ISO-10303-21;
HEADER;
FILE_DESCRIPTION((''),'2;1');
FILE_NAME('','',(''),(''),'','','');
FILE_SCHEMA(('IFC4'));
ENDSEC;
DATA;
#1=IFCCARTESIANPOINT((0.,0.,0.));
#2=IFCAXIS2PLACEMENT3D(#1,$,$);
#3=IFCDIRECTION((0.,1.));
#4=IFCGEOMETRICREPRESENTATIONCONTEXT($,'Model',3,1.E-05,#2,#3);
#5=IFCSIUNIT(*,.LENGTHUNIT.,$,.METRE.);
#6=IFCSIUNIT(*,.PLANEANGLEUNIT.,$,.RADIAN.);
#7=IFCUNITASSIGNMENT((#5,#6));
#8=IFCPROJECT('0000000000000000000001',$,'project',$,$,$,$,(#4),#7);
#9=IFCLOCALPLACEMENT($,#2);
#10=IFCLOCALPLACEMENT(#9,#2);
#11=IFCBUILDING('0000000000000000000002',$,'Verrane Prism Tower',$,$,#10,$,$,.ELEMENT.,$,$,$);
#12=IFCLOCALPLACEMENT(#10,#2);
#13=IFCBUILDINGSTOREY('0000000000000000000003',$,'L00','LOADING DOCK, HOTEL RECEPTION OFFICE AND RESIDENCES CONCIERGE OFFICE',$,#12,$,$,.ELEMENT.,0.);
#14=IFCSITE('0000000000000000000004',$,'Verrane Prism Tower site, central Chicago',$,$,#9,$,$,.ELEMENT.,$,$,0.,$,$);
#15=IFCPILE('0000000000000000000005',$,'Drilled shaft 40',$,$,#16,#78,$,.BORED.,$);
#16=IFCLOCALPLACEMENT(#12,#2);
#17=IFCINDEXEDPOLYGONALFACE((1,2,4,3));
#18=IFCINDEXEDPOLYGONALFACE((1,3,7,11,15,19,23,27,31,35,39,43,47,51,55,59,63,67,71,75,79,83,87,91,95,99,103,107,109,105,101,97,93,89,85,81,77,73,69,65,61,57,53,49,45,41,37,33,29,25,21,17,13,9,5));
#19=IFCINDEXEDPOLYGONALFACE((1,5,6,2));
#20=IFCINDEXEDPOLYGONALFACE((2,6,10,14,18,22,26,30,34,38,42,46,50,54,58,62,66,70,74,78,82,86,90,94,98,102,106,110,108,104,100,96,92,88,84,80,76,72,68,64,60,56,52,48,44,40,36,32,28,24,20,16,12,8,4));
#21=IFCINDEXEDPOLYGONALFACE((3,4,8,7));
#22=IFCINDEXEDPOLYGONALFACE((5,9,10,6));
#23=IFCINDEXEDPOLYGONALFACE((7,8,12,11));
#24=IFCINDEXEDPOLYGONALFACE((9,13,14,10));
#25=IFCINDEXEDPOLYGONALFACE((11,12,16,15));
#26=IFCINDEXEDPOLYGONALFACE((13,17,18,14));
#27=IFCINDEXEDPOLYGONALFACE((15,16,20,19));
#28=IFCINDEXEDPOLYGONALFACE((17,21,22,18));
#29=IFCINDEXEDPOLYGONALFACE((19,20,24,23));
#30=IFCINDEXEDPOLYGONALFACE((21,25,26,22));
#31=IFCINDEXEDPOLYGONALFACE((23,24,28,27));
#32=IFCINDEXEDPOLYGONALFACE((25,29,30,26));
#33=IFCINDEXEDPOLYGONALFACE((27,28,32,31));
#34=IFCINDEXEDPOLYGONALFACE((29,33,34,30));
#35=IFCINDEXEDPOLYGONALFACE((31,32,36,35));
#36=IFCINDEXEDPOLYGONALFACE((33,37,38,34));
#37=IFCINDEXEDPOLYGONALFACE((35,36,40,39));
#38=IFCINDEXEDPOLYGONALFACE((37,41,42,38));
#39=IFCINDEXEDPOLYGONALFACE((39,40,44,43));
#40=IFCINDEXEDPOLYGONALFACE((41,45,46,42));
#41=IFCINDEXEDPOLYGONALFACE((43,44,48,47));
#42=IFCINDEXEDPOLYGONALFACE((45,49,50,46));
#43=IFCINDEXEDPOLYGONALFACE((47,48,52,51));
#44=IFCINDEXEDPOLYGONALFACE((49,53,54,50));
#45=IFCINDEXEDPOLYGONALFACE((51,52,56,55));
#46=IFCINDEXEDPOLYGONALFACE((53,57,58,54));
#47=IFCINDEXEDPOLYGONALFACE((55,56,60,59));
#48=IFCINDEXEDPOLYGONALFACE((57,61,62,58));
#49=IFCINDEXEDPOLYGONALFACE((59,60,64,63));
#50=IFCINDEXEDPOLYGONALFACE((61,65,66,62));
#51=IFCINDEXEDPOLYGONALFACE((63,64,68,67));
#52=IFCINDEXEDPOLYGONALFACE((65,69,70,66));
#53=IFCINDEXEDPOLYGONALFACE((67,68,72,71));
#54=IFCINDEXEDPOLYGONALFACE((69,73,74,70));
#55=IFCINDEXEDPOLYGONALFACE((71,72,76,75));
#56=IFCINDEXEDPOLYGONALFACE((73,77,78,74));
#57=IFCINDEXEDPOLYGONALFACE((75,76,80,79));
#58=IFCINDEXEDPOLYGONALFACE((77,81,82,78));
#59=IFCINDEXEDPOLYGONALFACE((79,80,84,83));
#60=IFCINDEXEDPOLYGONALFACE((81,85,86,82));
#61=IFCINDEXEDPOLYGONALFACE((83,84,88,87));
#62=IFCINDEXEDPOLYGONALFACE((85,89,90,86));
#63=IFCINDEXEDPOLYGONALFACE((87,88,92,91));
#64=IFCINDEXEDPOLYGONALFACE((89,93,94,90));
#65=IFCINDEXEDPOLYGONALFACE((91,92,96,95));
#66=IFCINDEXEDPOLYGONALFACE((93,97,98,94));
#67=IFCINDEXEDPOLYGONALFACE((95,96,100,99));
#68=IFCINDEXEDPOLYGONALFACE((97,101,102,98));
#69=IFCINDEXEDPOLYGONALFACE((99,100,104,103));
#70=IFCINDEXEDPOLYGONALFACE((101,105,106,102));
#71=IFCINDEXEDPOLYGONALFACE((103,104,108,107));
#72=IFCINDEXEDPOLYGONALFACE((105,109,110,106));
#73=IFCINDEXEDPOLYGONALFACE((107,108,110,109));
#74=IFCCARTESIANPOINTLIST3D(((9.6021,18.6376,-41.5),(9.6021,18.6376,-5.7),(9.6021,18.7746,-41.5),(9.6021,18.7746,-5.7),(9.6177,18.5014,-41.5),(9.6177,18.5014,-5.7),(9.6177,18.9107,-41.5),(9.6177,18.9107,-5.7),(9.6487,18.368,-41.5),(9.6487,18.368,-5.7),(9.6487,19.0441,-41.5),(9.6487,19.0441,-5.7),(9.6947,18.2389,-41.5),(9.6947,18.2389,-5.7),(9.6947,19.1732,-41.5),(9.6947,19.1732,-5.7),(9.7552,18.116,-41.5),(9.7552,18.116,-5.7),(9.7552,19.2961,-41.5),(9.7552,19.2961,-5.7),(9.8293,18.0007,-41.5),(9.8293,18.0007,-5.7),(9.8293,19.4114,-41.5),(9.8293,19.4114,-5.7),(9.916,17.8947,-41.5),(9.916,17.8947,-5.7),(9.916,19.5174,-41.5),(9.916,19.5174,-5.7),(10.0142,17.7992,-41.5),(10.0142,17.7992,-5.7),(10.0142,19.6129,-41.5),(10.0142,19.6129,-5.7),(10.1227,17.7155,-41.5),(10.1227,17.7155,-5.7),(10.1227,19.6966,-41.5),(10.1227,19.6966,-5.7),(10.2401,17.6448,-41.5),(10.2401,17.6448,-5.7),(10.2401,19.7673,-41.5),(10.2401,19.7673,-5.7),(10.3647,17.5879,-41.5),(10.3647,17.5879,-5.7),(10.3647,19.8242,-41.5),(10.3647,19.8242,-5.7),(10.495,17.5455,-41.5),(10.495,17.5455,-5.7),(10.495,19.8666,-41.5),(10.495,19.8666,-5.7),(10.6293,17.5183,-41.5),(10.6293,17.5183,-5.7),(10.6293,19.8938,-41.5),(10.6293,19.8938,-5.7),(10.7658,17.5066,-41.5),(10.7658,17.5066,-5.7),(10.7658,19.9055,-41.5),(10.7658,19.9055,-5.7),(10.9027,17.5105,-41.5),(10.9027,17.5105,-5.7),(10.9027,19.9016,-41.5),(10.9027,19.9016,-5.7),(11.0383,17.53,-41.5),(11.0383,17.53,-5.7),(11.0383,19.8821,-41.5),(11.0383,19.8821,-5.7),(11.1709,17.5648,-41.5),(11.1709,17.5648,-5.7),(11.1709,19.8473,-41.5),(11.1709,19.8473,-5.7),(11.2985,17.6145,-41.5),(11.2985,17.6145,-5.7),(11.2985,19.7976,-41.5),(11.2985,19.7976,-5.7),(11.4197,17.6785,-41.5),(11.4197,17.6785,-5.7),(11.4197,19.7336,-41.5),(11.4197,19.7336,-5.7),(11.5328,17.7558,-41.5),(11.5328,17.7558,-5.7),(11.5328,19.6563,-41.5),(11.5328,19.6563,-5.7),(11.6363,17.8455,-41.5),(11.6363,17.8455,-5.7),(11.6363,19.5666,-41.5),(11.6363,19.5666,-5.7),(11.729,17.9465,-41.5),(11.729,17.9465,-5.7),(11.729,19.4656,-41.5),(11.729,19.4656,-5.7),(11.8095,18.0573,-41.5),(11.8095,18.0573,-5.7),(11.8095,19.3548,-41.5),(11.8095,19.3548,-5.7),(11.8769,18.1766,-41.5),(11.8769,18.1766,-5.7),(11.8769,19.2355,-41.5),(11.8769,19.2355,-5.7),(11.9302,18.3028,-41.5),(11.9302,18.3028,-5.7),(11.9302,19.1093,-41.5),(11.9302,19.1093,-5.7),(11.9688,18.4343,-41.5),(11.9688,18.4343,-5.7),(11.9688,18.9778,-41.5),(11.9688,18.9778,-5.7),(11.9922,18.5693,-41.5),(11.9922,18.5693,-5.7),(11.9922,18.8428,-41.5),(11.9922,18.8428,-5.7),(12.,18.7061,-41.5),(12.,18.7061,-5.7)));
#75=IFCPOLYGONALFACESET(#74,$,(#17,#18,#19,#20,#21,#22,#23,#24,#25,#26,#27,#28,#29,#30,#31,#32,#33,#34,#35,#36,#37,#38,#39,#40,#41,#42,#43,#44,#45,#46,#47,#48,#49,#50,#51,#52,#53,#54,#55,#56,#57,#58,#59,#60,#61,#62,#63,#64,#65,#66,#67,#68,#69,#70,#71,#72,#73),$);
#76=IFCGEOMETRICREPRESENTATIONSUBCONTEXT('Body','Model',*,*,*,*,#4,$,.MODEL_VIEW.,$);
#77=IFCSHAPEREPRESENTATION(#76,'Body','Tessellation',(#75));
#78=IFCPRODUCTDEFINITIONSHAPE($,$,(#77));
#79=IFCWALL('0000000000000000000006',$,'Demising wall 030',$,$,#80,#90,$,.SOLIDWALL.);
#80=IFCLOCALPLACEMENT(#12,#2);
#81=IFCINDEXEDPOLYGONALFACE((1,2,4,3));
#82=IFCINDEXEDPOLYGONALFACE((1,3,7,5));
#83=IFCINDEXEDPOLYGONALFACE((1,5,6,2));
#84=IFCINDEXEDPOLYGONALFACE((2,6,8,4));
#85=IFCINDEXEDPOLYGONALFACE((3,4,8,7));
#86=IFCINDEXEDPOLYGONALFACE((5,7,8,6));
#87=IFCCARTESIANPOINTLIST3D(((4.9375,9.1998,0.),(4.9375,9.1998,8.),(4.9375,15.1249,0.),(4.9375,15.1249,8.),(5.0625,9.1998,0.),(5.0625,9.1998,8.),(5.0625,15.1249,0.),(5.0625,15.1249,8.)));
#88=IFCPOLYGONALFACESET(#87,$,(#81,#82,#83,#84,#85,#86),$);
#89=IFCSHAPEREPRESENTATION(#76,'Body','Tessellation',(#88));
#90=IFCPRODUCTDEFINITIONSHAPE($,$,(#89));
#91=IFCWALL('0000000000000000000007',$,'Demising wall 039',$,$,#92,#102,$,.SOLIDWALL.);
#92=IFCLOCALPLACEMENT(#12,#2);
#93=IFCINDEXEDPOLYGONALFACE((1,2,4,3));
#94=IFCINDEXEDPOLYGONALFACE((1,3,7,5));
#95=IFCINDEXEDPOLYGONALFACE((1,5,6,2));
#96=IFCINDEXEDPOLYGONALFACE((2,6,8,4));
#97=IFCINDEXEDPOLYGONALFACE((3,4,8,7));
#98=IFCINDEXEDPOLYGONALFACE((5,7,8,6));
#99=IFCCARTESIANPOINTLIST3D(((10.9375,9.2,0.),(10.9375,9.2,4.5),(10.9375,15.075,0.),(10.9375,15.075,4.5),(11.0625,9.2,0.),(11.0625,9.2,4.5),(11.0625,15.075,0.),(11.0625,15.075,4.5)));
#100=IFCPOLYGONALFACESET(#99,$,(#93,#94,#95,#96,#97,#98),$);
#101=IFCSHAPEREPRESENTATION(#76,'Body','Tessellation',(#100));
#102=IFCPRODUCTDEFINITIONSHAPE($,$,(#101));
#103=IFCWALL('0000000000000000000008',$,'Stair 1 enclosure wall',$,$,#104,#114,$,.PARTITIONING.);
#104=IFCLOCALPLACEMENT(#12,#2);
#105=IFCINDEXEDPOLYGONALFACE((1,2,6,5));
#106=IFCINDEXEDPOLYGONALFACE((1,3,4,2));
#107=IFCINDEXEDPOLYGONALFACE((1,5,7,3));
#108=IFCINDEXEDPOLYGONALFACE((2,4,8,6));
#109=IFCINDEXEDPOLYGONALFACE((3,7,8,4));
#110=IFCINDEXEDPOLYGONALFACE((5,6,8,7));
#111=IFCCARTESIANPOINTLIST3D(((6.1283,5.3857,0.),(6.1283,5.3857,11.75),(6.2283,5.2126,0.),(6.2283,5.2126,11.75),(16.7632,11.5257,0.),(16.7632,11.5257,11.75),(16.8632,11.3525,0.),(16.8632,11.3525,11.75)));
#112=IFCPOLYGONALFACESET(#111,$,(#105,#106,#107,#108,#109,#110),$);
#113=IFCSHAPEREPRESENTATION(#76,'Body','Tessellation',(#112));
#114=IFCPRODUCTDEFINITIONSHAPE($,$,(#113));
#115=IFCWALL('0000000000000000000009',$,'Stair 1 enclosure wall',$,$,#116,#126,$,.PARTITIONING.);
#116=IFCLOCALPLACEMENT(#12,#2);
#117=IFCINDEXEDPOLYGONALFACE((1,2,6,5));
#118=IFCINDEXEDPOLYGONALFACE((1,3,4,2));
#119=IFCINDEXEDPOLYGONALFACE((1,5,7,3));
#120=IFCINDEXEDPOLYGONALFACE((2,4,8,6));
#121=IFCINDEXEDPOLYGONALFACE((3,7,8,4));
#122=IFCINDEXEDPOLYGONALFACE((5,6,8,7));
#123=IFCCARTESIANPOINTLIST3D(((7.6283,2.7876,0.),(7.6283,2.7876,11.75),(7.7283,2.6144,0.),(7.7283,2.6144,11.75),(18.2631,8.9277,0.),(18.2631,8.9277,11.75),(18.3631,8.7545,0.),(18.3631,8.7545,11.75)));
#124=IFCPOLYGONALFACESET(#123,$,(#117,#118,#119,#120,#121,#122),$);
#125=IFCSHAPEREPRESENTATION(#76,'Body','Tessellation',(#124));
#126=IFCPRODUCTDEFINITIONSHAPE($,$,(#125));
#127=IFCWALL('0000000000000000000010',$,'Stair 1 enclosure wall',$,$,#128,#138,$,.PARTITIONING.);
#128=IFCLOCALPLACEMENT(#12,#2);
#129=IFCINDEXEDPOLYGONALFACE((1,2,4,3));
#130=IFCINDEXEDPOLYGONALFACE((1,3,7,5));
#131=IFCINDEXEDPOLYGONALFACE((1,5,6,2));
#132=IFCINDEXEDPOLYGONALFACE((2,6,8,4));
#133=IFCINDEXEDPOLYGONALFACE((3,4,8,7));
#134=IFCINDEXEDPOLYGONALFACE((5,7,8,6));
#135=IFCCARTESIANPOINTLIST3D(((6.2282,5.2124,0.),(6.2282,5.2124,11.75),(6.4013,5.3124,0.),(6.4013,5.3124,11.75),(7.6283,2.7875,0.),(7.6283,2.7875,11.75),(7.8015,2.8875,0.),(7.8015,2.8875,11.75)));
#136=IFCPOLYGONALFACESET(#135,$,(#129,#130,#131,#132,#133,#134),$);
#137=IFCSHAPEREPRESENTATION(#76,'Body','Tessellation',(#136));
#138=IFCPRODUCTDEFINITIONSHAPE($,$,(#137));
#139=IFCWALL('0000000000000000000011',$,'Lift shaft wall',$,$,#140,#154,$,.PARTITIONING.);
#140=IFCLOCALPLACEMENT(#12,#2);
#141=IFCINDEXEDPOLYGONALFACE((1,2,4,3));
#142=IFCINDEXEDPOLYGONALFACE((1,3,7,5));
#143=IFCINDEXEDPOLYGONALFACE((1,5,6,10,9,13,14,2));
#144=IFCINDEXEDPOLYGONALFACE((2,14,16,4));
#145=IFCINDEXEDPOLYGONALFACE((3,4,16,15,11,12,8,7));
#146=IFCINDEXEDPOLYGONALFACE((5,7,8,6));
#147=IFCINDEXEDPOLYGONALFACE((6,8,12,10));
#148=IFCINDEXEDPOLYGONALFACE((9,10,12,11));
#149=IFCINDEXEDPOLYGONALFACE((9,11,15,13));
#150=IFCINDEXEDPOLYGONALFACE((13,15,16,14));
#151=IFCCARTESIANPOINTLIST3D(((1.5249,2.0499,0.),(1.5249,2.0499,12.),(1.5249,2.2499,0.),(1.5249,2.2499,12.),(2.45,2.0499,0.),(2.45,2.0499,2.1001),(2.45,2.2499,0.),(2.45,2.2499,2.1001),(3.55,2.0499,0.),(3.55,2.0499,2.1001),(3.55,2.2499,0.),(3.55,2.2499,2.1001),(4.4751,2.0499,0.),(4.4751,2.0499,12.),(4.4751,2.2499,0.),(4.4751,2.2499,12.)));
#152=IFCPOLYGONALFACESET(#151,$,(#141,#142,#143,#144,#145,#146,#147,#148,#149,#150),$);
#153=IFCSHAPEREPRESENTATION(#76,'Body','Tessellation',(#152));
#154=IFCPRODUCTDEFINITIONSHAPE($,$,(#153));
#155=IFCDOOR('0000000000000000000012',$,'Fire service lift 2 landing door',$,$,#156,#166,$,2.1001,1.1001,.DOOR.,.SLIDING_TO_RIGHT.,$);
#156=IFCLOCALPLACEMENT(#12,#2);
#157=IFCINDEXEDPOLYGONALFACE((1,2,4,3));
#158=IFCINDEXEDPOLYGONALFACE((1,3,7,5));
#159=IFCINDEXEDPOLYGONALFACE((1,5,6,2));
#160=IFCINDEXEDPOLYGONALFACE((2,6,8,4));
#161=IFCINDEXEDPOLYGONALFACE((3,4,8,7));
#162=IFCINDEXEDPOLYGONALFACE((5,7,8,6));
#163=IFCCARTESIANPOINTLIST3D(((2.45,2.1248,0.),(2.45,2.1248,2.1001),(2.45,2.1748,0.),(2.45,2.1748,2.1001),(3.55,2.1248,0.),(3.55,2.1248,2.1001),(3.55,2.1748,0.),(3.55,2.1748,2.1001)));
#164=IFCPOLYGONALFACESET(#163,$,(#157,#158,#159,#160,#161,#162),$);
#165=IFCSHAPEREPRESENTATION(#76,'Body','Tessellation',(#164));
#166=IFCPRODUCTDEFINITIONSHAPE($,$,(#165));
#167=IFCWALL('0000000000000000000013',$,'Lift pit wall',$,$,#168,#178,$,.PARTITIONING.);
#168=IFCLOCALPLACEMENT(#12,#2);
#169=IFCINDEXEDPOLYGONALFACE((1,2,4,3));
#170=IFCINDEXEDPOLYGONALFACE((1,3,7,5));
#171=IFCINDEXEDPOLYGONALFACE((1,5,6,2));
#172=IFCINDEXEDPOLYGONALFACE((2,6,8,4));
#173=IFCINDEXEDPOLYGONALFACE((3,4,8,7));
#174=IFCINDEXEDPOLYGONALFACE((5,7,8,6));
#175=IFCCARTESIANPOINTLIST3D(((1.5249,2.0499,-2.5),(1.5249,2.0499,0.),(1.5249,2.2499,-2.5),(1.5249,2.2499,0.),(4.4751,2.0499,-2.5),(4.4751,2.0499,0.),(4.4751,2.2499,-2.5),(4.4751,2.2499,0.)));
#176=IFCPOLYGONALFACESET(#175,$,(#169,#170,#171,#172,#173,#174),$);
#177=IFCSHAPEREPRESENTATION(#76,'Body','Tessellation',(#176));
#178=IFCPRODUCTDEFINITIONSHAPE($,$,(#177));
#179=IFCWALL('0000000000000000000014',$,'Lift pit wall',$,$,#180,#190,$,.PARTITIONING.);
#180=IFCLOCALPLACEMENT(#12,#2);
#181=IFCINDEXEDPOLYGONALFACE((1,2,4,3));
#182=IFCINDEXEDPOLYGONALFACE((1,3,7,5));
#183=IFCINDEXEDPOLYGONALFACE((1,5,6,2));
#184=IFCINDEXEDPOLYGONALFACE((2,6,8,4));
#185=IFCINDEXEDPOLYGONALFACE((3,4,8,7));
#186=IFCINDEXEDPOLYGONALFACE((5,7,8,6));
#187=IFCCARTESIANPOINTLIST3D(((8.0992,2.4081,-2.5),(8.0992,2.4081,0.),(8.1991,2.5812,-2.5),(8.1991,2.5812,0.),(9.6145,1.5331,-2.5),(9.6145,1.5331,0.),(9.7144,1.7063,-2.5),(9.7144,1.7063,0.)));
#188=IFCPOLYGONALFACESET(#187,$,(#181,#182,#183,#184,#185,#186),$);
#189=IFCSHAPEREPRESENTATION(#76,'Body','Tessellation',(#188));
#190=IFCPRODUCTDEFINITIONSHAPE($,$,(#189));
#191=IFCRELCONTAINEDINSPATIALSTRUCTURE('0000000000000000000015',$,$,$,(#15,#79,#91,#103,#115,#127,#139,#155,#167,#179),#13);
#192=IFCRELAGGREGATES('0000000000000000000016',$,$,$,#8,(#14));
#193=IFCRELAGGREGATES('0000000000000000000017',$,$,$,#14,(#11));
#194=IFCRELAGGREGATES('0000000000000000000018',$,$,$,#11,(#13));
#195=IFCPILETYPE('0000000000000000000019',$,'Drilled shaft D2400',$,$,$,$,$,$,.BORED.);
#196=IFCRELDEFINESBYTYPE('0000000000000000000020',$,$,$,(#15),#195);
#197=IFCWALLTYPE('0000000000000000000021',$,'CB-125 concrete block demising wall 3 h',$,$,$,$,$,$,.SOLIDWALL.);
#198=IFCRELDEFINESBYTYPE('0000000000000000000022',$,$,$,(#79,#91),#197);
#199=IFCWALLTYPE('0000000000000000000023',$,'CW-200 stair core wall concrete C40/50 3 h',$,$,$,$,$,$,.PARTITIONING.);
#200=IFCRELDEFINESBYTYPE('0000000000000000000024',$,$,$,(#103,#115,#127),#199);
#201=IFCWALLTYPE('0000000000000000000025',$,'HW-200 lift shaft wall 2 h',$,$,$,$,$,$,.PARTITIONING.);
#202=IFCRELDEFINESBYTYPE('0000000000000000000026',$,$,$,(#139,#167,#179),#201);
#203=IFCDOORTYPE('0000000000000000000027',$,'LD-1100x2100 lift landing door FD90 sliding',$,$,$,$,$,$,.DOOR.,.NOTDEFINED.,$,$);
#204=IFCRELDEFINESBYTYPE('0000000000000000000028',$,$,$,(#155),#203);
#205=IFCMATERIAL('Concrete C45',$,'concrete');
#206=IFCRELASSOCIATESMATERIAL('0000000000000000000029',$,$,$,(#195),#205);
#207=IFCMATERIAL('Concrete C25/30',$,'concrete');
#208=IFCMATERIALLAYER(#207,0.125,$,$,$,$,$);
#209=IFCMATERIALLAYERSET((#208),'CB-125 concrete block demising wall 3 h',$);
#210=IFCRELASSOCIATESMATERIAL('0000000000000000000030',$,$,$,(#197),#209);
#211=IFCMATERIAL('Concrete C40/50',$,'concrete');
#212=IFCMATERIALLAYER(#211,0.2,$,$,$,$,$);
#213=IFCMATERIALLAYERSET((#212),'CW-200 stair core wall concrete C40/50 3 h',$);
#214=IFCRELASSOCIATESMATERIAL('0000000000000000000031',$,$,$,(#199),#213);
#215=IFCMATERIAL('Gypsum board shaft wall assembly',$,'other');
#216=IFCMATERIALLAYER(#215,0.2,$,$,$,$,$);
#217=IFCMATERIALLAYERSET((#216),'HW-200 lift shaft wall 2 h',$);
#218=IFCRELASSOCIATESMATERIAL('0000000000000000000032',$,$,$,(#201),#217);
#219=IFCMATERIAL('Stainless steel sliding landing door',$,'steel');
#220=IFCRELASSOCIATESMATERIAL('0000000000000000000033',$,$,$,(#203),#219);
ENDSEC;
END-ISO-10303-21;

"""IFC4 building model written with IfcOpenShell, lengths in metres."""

from ifc_helpers import new_model, si_unit, direction, frame, frame_2d, origin, origin_2d, place, context, subcontext, project, spatial, rectangle, circle, extrude, material, layer, layer_set, type_object, element, fill, save


model = new_model("IFC4")

# Units and contexts
model_context = context("Model", 3, precision=1e-05, world=origin(), true_north=direction((0.0, 1.0)))
body_context = subcontext(model_context, "Body", "Model", "MODEL_VIEW")
ifc_project = project(units=[si_unit("LENGTHUNIT", "METRE"), si_unit("PLANEANGLEUNIT", "RADIAN")], contexts=[model_context])

# Site, building, storey
site_placement = place(None, origin())
site = spatial("IfcSite", under=ifc_project, at=site_placement, Name="Verrane Prism Tower site, central Chicago", CompositionType="ELEMENT", RefElevation=0.0)
building_placement = place(site_placement, origin())
building = spatial("IfcBuilding", under=site, at=building_placement, Name="Verrane Prism Tower", CompositionType="ELEMENT")
storey_placement = place(building_placement, origin())
storey = spatial("IfcBuildingStorey", under=building, at=storey_placement, Name="L00", Description="LOADING DOCK, HOTEL RECEPTION OFFICE AND RESIDENCES CONCIERGE OFFICE", CompositionType="ELEMENT", Elevation=0.0)

# Pile
ifc_material_1 = material(Name="Concrete C45", Category="concrete")
pile_type = type_object("IfcPileType", Name="Drilled shaft D2400", PredefinedType="BORED", material=ifc_material_1)
for number, where, z_axis, x_axis, name in (
    (1, (10.8, 18.7061, -5.7), (0.0, 0.0, -1.0), (1.0, 0.0, 0.0), "Drilled shaft 40"),
):
    element("IfcPile", number, at=place(storey_placement, frame(where, z_axis=z_axis, x_axis=x_axis)), inside=storey, type_object=pile_type, Name=name, PredefinedType="BORED", context=body_context, shape_type="SweptSolid", body=[
        extrude(circle(Radius=1.2, at=origin_2d()), origin(), (0.0, 0.0, 1.0), 35.8),
    ])

# Walls
ifc_material_2 = material(Name="Concrete C25/30", Category="concrete")
ifc_layer_1 = layer(ifc_material_2, 0.125)
ifc_layer_set_1 = layer_set([ifc_layer_1], Name="CB-125 concrete block demising wall 3 h")
wall_type_1 = type_object("IfcWallType", Name="CB-125 concrete block demising wall 3 h", PredefinedType="SOLIDWALL", material=ifc_layer_set_1)
wall_1_placement = place(storey_placement, frame((5.0, 9.2, 0.0), z_axis=(0.0, 0.0, 1.0), x_axis=(0.0, 1.0, 0.0)))
element("IfcWall", 2, at=wall_1_placement, inside=storey, type_object=wall_type_1, Name="Demising wall 030", PredefinedType="SOLIDWALL", context=body_context, shape_type="SweptSolid", body=[
    extrude(rectangle(XDim=5.925, YDim=0.125, at=frame_2d((2.9624, 0.0))), origin(), (0.0, 0.0, 1.0), 8.0),
])
wall_2_placement = place(storey_placement, frame((11.0, 9.2, 0.0), z_axis=(0.0, 0.0, 1.0), x_axis=(0.0, 1.0, 0.0)))
element("IfcWall", 3, at=wall_2_placement, inside=storey, type_object=wall_type_1, Name="Demising wall 039", PredefinedType="SOLIDWALL", context=body_context, shape_type="SweptSolid", body=[
    extrude(rectangle(XDim=5.875, YDim=0.125, at=frame_2d((2.9375, 0.0))), origin(), (0.0, 0.0, 1.0), 4.5),
])
ifc_material_3 = material(Name="Concrete C40/50", Category="concrete")
ifc_layer_2 = layer(ifc_material_3, 0.2)
ifc_layer_set_2 = layer_set([ifc_layer_2], Name="CW-200 stair core wall concrete C40/50 3 h")
wall_type_2 = type_object("IfcWallType", Name="CW-200 stair core wall concrete C40/50 3 h", PredefinedType="PARTITIONING", material=ifc_layer_set_2)
for number, where, z_axis, x_axis, name in (
    (4, (6.1782, 5.2991, 0.0), (0.0, 0.0, 1.0), (0.866029, 0.499994, 0.0), "Stair 1 enclosure wall"),
    (5, (7.6782, 2.7009, 0.0), (0.0, 0.0, 1.0), (0.86602, 0.500009, 0.0), "Stair 1 enclosure wall"),
):
    element("IfcWall", number, at=place(storey_placement, frame(where, z_axis=z_axis, x_axis=x_axis)), inside=storey, type_object=wall_type_2, Name=name, PredefinedType="PARTITIONING", context=body_context, shape_type="SweptSolid", body=[
        extrude(rectangle(XDim=12.28, YDim=0.2, at=frame_2d((6.1401, 0.0))), origin(), (0.0, 0.0, 1.0), 11.75),
    ])
wall_3_placement = place(storey_placement, frame((7.7148, 2.8376, 0.0), z_axis=(0.0, 0.0, 1.0), x_axis=(-0.50005, 0.865997, 0.0)))
element("IfcWall", 6, at=wall_3_placement, inside=storey, type_object=wall_type_2, Name="Stair 1 enclosure wall", PredefinedType="PARTITIONING", context=body_context, shape_type="SweptSolid", body=[
    extrude(rectangle(XDim=2.8, YDim=0.2, at=frame_2d((1.3999, 0.0))), origin(), (0.0, 0.0, 1.0), 11.75),
])

# Wall, opening, door
ifc_material_4 = material(Name="Gypsum board shaft wall assembly", Category="other")
ifc_layer_3 = layer(ifc_material_4, 0.2)
ifc_layer_set_3 = layer_set([ifc_layer_3], Name="HW-200 lift shaft wall 2 h")
wall_type_3 = type_object("IfcWallType", Name="HW-200 lift shaft wall 2 h", PredefinedType="PARTITIONING", material=ifc_layer_set_3)
wall_4_placement = place(storey_placement, frame((1.5249, 2.1499, 0.0), z_axis=(0.0, 0.0, 1.0), x_axis=(1.0, 0.0, 0.0)))
wall_4 = element("IfcWall", 7, at=wall_4_placement, inside=storey, type_object=wall_type_3, Name="Lift shaft wall", PredefinedType="PARTITIONING", context=body_context, shape_type="SweptSolid", body=[
    extrude(rectangle(XDim=2.9502, YDim=0.2, at=frame_2d((1.4751, 0.0))), origin(), (0.0, 0.0, 1.0), 12.0),
])
opening_1_placement = place(wall_4_placement, frame((0.925, 0.0, 0.0)))
opening_1 = element("IfcOpeningElement", 8, at=opening_1_placement, cuts=wall_4, PredefinedType="OPENING", context=body_context, shape_type="SweptSolid", body=[
    extrude(rectangle(XDim=1.1001, YDim=2.1001, at=frame_2d((0.55, 1.05))), frame((0.0, 0.1099, 0.0), z_axis=(0.0, -1.0, 0.0), x_axis=(1.0, 0.0, 0.0)), (0.0, 0.0, 1.0), 0.22),
])
ifc_material_5 = material(Name="Stainless steel sliding landing door", Category="steel")
door_type_1 = type_object("IfcDoorType", Name="LD-1100x2100 lift landing door FD90 sliding", OperationType="NOTDEFINED", PredefinedType="DOOR", material=ifc_material_5)
door_1_placement = place(opening_1_placement, origin())
door_1 = element("IfcDoor", 9, at=door_1_placement, inside=storey, type_object=door_type_1, Name="Fire service lift 2 landing door", OperationType="SLIDING_TO_RIGHT", OverallHeight=2.1001, OverallWidth=1.1001, PredefinedType="DOOR", context=body_context, shape_type="SweptSolid", body=[
    extrude(rectangle(XDim=1.1001, YDim=2.1001, at=frame_2d((0.55, 1.05))), frame((0.0, 0.0249, 0.0), z_axis=(0.0, -1.0, 0.0), x_axis=(1.0, 0.0, 0.0)), (0.0, 0.0, 1.0), 0.05),
])
fill(opening_1, door_1)

# Walls
wall_5_placement = place(storey_placement, frame((1.5249, 2.1499, -2.5), z_axis=(0.0, 0.0, 1.0), x_axis=(1.0, 0.0, 0.0)))
element("IfcWall", 10, at=wall_5_placement, inside=storey, type_object=wall_type_3, Name="Lift pit wall", PredefinedType="PARTITIONING", context=body_context, shape_type="SweptSolid", body=[
    extrude(rectangle(XDim=2.9502, YDim=0.2, at=frame_2d((1.4751, 0.0))), origin(), (0.0, 0.0, 1.0), 2.5),
])
wall_6_placement = place(storey_placement, frame((9.6646, 1.6196, -2.5), z_axis=(0.0, 0.0, 1.0), x_axis=(-0.866002, 0.50004, 0.0)))
element("IfcWall", 11, at=wall_6_placement, inside=storey, type_object=wall_type_3, Name="Lift pit wall", PredefinedType="PARTITIONING", context=body_context, shape_type="SweptSolid", body=[
    extrude(rectangle(XDim=1.7498, YDim=0.2, at=frame_2d((0.875, 0.0))), origin(), (0.0, 0.0, 1.0), 2.5),
])

save(model, "model.ifc")
